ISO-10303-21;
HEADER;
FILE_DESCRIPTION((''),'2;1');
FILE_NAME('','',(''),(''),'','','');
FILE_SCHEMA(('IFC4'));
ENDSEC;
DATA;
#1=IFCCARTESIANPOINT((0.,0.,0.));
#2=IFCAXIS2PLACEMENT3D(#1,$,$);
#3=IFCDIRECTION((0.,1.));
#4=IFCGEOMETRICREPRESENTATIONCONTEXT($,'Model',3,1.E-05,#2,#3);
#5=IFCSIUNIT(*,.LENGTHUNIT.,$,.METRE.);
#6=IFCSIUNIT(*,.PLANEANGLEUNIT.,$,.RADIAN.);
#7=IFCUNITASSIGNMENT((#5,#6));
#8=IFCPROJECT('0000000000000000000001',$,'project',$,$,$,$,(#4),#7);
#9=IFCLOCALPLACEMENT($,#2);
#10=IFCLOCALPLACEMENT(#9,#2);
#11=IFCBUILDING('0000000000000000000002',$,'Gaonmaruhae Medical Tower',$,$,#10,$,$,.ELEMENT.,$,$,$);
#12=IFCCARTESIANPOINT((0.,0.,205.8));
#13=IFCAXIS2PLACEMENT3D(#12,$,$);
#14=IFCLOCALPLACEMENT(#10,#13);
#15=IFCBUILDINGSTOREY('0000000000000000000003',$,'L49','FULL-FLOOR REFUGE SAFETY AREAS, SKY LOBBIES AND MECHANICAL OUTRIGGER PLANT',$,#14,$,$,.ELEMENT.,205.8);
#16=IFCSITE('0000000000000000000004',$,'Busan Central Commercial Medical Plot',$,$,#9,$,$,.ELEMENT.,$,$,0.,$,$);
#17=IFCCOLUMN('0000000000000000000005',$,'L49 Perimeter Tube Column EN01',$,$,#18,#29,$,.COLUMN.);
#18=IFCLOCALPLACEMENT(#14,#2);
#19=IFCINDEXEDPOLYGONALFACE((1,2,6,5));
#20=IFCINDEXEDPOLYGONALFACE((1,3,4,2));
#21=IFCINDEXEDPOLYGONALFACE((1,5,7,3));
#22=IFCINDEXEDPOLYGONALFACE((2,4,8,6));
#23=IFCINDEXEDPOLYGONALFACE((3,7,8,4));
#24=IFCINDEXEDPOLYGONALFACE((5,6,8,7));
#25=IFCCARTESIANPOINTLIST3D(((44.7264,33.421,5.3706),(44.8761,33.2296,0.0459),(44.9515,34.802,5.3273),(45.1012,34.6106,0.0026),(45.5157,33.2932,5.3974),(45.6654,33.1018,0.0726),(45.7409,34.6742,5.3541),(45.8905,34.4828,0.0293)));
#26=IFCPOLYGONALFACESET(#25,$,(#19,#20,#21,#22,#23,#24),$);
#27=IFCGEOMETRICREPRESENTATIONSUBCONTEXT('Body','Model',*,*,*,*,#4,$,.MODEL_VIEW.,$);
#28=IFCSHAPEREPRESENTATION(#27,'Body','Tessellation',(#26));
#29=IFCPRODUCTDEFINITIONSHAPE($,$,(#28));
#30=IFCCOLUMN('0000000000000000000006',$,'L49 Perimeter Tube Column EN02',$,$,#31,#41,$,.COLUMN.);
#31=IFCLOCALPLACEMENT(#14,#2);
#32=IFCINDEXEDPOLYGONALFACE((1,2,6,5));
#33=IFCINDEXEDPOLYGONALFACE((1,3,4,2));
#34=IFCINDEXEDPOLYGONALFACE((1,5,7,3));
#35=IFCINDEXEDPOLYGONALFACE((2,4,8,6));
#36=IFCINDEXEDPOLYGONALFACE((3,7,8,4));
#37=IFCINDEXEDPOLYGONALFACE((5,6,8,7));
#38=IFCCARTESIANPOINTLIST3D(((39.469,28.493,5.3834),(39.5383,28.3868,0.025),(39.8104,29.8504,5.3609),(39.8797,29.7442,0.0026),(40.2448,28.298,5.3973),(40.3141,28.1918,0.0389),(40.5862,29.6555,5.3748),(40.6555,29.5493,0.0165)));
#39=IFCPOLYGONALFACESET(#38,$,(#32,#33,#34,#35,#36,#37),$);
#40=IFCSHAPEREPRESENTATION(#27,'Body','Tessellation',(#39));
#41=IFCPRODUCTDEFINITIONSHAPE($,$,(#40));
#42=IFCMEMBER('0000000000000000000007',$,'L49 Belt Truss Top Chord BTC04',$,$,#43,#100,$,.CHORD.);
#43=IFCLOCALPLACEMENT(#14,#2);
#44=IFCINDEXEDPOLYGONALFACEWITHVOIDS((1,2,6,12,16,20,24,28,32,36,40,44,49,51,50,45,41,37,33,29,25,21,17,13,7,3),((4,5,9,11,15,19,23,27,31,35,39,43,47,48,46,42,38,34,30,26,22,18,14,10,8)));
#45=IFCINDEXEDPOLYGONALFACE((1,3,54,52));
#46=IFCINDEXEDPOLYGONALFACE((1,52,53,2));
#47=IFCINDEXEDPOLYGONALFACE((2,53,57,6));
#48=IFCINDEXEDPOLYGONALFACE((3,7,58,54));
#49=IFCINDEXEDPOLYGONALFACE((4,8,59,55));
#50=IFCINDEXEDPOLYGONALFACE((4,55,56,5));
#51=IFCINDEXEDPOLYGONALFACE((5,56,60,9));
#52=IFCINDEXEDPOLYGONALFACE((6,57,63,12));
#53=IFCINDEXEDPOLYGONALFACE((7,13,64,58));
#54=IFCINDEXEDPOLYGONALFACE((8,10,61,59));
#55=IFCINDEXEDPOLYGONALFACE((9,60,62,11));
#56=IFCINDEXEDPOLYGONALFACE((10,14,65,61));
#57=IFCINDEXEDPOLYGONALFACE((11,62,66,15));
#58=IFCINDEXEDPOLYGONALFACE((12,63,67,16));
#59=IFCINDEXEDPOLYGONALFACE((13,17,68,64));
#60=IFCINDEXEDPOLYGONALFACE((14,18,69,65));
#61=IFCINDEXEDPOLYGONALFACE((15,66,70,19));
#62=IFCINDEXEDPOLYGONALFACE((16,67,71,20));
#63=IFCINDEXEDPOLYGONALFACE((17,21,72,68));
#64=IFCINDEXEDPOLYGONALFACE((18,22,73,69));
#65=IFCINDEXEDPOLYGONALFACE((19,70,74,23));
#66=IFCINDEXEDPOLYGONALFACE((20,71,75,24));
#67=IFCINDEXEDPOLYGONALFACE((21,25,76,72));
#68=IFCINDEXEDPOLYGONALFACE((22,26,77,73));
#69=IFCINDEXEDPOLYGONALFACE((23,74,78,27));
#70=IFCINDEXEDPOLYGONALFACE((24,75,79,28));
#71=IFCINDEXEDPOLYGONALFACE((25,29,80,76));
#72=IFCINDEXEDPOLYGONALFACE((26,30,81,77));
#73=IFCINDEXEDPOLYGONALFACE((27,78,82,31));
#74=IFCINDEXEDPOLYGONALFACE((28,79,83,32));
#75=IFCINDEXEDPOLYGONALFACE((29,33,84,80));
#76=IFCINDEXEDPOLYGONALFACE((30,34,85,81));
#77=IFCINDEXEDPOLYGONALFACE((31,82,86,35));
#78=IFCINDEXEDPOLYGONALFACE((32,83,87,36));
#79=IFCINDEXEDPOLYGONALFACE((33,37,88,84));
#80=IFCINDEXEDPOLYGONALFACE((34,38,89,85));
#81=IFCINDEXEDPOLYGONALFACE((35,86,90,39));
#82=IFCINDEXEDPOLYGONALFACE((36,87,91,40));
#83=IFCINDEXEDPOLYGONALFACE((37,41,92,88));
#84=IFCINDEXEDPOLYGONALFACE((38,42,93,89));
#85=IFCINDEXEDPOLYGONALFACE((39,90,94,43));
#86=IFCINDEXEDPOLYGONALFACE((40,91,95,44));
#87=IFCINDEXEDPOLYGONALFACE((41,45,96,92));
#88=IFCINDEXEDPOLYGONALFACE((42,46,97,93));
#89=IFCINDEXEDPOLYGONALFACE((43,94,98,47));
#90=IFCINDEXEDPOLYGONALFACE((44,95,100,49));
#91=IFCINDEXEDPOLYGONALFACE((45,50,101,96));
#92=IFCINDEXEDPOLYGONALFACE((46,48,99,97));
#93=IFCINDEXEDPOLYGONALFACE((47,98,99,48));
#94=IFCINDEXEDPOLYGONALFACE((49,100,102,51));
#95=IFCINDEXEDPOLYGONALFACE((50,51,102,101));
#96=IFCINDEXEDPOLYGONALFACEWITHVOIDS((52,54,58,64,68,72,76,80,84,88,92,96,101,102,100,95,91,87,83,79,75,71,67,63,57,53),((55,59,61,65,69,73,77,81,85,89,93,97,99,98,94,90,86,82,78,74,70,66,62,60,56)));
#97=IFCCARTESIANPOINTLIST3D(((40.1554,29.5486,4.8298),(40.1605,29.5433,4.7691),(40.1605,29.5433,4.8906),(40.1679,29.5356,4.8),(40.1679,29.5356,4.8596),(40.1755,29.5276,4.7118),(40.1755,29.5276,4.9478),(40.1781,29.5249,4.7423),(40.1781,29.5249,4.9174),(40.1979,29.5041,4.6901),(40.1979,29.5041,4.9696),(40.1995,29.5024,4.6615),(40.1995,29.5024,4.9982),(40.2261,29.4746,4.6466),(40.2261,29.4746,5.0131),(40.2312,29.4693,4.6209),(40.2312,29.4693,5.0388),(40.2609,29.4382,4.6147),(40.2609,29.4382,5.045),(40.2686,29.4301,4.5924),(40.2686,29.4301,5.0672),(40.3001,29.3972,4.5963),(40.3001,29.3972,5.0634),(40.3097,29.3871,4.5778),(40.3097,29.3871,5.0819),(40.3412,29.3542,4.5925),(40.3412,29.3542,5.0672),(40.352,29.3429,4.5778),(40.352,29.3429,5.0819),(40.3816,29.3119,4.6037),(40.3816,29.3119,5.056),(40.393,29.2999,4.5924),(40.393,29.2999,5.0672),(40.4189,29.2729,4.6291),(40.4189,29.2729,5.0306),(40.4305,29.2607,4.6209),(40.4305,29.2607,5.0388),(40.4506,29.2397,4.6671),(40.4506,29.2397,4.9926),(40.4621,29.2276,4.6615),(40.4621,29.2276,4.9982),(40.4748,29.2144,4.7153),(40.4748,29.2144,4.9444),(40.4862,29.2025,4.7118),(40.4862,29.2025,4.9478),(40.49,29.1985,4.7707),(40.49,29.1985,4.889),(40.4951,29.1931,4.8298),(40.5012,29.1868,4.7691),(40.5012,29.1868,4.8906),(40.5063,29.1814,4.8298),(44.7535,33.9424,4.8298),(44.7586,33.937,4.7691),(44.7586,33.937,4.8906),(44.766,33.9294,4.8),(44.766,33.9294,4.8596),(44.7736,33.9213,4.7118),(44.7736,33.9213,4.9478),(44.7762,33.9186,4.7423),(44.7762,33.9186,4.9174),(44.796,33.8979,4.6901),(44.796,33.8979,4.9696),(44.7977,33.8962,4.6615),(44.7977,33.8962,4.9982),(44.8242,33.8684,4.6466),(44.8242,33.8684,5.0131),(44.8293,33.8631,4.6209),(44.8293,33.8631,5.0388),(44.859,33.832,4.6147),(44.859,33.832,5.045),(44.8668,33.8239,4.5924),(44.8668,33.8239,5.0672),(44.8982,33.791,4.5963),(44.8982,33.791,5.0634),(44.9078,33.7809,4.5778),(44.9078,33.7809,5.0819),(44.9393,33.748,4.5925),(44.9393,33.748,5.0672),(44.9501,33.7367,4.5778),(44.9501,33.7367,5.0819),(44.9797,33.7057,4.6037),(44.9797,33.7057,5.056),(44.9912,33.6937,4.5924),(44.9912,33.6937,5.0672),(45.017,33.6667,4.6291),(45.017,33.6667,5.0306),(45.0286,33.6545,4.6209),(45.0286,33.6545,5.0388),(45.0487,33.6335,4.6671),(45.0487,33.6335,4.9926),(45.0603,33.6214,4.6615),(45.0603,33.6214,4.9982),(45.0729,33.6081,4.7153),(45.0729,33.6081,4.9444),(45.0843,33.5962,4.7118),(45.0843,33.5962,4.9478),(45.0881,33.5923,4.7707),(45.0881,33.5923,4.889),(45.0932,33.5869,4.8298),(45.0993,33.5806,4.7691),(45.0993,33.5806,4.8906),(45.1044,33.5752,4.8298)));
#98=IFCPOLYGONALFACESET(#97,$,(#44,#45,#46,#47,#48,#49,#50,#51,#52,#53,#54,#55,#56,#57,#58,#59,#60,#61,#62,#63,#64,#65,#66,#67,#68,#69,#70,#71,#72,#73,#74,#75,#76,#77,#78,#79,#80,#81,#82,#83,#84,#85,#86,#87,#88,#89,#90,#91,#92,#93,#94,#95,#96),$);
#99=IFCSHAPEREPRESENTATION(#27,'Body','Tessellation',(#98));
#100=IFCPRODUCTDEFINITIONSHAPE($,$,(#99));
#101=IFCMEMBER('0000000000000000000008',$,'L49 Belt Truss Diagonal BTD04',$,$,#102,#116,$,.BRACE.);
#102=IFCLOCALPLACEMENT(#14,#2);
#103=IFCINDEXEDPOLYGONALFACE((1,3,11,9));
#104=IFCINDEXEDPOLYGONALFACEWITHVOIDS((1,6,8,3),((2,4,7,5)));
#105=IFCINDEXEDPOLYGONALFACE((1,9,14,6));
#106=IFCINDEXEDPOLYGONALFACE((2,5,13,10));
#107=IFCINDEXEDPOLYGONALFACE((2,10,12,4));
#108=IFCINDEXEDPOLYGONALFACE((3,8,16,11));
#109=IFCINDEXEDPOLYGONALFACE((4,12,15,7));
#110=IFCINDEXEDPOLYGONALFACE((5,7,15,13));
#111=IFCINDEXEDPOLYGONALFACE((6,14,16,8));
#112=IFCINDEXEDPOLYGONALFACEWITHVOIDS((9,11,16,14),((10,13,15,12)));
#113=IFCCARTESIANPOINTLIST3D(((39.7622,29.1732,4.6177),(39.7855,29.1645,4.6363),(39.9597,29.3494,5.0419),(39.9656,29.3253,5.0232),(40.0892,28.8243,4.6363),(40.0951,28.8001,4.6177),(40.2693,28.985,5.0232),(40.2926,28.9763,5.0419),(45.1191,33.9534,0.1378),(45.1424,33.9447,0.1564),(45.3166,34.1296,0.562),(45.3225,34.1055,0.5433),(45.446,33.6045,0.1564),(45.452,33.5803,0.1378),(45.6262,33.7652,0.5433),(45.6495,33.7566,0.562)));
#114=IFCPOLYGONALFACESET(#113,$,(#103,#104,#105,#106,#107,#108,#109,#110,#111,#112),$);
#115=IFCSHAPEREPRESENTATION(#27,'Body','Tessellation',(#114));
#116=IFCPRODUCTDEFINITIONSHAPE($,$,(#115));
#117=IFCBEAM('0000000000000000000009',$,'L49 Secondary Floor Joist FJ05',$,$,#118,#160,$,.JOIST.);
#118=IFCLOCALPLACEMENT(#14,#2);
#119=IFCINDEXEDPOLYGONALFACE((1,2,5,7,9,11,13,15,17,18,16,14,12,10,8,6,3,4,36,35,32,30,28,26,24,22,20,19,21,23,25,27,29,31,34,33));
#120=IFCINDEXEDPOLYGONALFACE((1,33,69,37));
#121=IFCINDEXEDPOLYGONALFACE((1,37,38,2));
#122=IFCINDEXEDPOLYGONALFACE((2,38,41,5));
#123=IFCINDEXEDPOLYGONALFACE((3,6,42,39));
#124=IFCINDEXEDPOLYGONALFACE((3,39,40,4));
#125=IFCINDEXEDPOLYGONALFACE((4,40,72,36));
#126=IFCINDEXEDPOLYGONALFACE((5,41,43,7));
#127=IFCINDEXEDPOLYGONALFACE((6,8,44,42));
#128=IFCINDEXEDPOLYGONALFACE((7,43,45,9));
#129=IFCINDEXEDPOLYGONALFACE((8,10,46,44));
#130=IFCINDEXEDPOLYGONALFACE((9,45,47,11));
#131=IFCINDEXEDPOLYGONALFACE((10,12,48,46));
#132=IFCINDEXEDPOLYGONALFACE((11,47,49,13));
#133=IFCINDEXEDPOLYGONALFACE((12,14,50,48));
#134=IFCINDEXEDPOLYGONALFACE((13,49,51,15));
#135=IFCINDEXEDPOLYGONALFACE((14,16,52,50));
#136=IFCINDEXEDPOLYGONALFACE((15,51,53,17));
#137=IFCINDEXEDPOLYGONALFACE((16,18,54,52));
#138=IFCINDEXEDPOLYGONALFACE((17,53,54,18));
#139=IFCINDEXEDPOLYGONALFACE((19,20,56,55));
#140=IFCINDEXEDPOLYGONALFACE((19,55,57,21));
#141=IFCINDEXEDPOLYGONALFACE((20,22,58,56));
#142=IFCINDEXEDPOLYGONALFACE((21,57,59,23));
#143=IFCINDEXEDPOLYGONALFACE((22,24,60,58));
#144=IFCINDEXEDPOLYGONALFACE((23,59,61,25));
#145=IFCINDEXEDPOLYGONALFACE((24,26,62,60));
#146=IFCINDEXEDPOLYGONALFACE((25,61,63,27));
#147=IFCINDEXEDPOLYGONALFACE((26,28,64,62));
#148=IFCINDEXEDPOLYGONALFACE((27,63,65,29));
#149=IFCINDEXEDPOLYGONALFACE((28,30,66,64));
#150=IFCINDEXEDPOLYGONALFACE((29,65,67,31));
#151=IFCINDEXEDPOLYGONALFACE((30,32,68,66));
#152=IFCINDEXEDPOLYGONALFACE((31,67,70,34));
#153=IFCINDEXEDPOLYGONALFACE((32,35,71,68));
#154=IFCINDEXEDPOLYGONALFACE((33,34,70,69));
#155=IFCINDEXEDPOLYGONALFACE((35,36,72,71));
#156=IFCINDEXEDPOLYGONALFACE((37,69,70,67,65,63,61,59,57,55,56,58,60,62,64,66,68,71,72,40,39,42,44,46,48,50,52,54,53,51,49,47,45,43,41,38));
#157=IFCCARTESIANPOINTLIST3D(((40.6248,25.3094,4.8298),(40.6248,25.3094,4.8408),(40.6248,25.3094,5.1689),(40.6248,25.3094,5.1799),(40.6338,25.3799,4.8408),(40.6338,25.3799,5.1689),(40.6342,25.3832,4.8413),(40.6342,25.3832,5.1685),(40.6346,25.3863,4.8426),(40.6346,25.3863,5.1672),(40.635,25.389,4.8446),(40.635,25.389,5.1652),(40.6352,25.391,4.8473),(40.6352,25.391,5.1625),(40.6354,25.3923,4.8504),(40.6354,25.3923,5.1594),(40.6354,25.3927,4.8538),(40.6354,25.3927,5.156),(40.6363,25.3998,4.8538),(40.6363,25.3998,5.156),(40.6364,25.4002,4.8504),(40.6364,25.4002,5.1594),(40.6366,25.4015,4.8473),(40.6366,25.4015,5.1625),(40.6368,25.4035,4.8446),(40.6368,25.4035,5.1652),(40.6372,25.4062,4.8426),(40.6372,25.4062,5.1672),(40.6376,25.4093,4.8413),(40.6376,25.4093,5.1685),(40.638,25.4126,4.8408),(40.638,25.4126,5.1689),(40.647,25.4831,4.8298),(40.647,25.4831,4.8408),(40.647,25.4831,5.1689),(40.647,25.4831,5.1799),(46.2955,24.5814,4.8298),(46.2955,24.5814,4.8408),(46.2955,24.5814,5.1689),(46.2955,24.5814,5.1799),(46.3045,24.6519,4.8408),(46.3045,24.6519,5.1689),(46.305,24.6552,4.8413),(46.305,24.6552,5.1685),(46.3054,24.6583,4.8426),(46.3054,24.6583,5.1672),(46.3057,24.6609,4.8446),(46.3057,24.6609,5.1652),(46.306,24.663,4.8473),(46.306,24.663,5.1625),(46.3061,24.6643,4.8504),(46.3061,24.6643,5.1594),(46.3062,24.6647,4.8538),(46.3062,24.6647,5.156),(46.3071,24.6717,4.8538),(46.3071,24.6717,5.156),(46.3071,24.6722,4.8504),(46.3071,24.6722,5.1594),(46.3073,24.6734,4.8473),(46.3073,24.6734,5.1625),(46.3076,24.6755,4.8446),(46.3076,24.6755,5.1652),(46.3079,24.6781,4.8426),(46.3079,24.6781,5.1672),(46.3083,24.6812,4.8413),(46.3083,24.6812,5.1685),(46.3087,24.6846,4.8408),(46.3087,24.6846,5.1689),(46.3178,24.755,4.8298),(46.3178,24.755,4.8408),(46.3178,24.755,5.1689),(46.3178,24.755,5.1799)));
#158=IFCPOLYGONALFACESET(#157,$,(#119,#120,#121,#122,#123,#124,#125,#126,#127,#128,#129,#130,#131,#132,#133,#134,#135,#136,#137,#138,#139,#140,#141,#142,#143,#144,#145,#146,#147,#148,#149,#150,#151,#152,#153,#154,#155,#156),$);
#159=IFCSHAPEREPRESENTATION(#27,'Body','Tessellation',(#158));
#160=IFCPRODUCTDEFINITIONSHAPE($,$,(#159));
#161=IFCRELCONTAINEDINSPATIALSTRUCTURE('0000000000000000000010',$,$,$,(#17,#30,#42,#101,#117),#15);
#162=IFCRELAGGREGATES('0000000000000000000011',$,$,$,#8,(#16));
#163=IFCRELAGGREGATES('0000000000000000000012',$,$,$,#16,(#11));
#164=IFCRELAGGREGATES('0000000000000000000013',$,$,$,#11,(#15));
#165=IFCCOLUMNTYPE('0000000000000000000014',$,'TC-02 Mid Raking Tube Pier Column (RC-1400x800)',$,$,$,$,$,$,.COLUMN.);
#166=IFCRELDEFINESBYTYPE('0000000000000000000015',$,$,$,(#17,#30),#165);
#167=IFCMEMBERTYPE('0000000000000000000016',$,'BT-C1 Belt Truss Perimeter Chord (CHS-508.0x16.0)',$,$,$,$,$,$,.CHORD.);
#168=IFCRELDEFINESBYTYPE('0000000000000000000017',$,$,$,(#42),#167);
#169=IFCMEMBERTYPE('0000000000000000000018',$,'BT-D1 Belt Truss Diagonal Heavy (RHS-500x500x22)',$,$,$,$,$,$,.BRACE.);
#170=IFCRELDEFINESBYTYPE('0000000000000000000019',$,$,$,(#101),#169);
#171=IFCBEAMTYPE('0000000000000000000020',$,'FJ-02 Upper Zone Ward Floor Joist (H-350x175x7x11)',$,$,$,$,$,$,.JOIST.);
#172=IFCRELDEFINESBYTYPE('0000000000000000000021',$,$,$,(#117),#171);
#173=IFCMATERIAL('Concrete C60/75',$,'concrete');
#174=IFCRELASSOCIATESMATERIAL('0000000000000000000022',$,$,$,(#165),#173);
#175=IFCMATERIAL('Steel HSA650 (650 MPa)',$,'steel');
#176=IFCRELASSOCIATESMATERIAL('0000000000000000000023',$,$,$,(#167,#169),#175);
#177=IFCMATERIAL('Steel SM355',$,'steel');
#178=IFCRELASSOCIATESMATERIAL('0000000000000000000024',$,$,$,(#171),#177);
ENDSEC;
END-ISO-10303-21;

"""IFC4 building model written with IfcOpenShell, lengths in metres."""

from ifc_helpers import new_model, si_unit, direction, frame, origin, origin_2d, place, context, subcontext, project, spatial, rectangle, hollow_rectangle, hollow_circle, i_section, extrude, material, material_profile, profile_set, type_object, element, save


model = new_model("IFC4")

# Units and contexts
model_context = context("Model", 3, precision=1e-05, world=origin(), true_north=direction((0.0, 1.0)))
body_context = subcontext(model_context, "Body", "Model", "MODEL_VIEW")
ifc_project = project(units=[si_unit("LENGTHUNIT", "METRE"), si_unit("PLANEANGLEUNIT", "RADIAN")], contexts=[model_context])

# Site, building, storey
site_placement = place(None, origin())
site = spatial("IfcSite", under=ifc_project, at=site_placement, Name="Busan Central Commercial Medical Plot", CompositionType="ELEMENT", RefElevation=0.0)
building_placement = place(site_placement, origin())
building = spatial("IfcBuilding", under=site, at=building_placement, Name="Gaonmaruhae Medical Tower", CompositionType="ELEMENT")
storey_placement = place(building_placement, frame((0.0, 0.0, 205.8)))
storey = spatial("IfcBuildingStorey", under=building, at=storey_placement, Name="L49", Description="FULL-FLOOR REFUGE SAFETY AREAS, SKY LOBBIES AND MECHANICAL OUTRIGGER PLANT", CompositionType="ELEMENT", Elevation=205.8)

# Columns
ifc_material_1 = material(Name="Concrete C60/75", Category="concrete")
ifc_material_profile_1 = material_profile(ifc_material_1, rectangle(XDim=1.3999, YDim=0.8, at=origin_2d()), Name="RC-1400x800")
ifc_profile_set_1 = profile_set([ifc_material_profile_1], Name="Concrete C60/75")
column_type = type_object("IfcColumnType", Name="TC-02 Mid Raking Tube Pier Column (RC-1400x800)", PredefinedType="COLUMN", material=ifc_profile_set_1)
column_1_placement = place(storey_placement, frame((45.3833, 33.8562, 0.0376), z_axis=(-0.028077, 0.035909, 0.998961), x_axis=(-0.160808, -0.986501, 0.030942)))
element("IfcColumn", 1, at=column_1_placement, inside=storey, type_object=column_type, Name="L49 Perimeter Tube Column EN01", PredefinedType="COLUMN", context=body_context, shape_type="SweptSolid", body=[
    extrude(rectangle(XDim=1.3999, YDim=0.8, at=origin_2d()), origin(), (0.0, 0.0, 1.0), 5.3303),
])
column_2_placement = place(storey_placement, frame((40.0969, 28.968, 0.0208), z_axis=(-0.012936, 0.019814, 0.99972), x_axis=(-0.243897, -0.969668, 0.016062)))
element("IfcColumn", 2, at=column_2_placement, inside=storey, type_object=column_type, Name="L49 Perimeter Tube Column EN02", PredefinedType="COLUMN", context=body_context, shape_type="SweptSolid", body=[
    extrude(rectangle(XDim=1.3999, YDim=0.8, at=origin_2d()), origin(), (0.0, 0.0, 1.0), 5.3599),
])

# Members
ifc_material_2 = material(Name="Steel HSA650 (650 MPa)", Category="steel")
ifc_material_profile_2 = material_profile(ifc_material_2, hollow_circle(Radius=0.2539, WallThickness=0.0161, at=origin_2d()), Name="CHS-508.0x16.0")
ifc_profile_set_2 = profile_set([ifc_material_profile_2], Name="Steel HSA650 (650 MPa)")
member_type_1 = type_object("IfcMemberType", Name="BT-C1 Belt Truss Perimeter Chord (CHS-508.0x16.0)", PredefinedType="CHORD", material=ifc_profile_set_2)
member_1_placement = place(storey_placement, frame((44.929, 33.7588, 4.8298), z_axis=(-0.722989, -0.690859, 0.0), x_axis=(0.690859, -0.722989, 0.0)))
element("IfcMember", 3, at=member_1_placement, inside=storey, type_object=member_type_1, Name="L49 Belt Truss Top Chord BTC04", PredefinedType="CHORD", context=body_context, shape_type="SweptSolid", body=[
    extrude(hollow_circle(Radius=0.2539, WallThickness=0.0161, at=origin_2d()), origin(), (0.0, 0.0, 1.0), 6.3599),
])
ifc_material_profile_3 = material_profile(ifc_material_2, hollow_rectangle(XDim=0.5, YDim=0.5, WallThickness=0.022, at=origin_2d()), Name="RHS-500x500x22")
ifc_profile_set_3 = profile_set([ifc_material_profile_3], Name="Steel HSA650 (650 MPa)")
member_type_2 = type_object("IfcMemberType", Name="BT-D1 Belt Truss Diagonal Heavy (RHS-500x500x22)", PredefinedType="BRACE", material=ifc_profile_set_3)
member_2_placement = place(storey_placement, frame((45.3843, 33.855, 0.3499), z_axis=(-0.633002, -0.564861, 0.529377), x_axis=(0.665806, -0.746125, 0.0)))
element("IfcMember", 4, at=member_2_placement, inside=storey, type_object=member_type_2, Name="L49 Belt Truss Diagonal BTD04", PredefinedType="BRACE", context=body_context, shape_type="SweptSolid", body=[
    extrude(hollow_rectangle(XDim=0.5, YDim=0.5, WallThickness=0.022, at=origin_2d()), origin(), (0.0, 0.0, 1.0), 8.4626),
])

# Beam
ifc_material_3 = material(Name="Steel SM355", Category="steel")
ifc_material_profile_4 = material_profile(ifc_material_3, i_section(OverallWidth=0.175, OverallDepth=0.3501, WebThickness=0.0071, FlangeThickness=0.011, FilletRadius=0.0129, at=origin_2d()), Name="H-350x175x7x11")
ifc_profile_set_4 = profile_set([ifc_material_profile_4], Name="Steel SM355")
beam_type_1 = type_object("IfcBeamType", Name="FJ-02 Upper Zone Ward Floor Joist (H-350x175x7x11)", PredefinedType="JOIST", material=ifc_profile_set_4)
beam_1_placement = place(storey_placement, frame((46.3066, 24.6682, 5.0049), z_axis=(-0.991859, 0.12734, 0.0), x_axis=(-0.12734, -0.991859, 0.0)))
element("IfcBeam", 5, at=beam_1_placement, inside=storey, type_object=beam_type_1, Name="L49 Secondary Floor Joist FJ05", PredefinedType="JOIST", context=body_context, shape_type="SweptSolid", body=[
    extrude(i_section(OverallWidth=0.175, OverallDepth=0.3501, WebThickness=0.0071, FlangeThickness=0.011, FilletRadius=0.0129, at=origin_2d()), origin(), (0.0, 0.0, 1.0), 5.7173),
])

save(model, "model.ifc")
